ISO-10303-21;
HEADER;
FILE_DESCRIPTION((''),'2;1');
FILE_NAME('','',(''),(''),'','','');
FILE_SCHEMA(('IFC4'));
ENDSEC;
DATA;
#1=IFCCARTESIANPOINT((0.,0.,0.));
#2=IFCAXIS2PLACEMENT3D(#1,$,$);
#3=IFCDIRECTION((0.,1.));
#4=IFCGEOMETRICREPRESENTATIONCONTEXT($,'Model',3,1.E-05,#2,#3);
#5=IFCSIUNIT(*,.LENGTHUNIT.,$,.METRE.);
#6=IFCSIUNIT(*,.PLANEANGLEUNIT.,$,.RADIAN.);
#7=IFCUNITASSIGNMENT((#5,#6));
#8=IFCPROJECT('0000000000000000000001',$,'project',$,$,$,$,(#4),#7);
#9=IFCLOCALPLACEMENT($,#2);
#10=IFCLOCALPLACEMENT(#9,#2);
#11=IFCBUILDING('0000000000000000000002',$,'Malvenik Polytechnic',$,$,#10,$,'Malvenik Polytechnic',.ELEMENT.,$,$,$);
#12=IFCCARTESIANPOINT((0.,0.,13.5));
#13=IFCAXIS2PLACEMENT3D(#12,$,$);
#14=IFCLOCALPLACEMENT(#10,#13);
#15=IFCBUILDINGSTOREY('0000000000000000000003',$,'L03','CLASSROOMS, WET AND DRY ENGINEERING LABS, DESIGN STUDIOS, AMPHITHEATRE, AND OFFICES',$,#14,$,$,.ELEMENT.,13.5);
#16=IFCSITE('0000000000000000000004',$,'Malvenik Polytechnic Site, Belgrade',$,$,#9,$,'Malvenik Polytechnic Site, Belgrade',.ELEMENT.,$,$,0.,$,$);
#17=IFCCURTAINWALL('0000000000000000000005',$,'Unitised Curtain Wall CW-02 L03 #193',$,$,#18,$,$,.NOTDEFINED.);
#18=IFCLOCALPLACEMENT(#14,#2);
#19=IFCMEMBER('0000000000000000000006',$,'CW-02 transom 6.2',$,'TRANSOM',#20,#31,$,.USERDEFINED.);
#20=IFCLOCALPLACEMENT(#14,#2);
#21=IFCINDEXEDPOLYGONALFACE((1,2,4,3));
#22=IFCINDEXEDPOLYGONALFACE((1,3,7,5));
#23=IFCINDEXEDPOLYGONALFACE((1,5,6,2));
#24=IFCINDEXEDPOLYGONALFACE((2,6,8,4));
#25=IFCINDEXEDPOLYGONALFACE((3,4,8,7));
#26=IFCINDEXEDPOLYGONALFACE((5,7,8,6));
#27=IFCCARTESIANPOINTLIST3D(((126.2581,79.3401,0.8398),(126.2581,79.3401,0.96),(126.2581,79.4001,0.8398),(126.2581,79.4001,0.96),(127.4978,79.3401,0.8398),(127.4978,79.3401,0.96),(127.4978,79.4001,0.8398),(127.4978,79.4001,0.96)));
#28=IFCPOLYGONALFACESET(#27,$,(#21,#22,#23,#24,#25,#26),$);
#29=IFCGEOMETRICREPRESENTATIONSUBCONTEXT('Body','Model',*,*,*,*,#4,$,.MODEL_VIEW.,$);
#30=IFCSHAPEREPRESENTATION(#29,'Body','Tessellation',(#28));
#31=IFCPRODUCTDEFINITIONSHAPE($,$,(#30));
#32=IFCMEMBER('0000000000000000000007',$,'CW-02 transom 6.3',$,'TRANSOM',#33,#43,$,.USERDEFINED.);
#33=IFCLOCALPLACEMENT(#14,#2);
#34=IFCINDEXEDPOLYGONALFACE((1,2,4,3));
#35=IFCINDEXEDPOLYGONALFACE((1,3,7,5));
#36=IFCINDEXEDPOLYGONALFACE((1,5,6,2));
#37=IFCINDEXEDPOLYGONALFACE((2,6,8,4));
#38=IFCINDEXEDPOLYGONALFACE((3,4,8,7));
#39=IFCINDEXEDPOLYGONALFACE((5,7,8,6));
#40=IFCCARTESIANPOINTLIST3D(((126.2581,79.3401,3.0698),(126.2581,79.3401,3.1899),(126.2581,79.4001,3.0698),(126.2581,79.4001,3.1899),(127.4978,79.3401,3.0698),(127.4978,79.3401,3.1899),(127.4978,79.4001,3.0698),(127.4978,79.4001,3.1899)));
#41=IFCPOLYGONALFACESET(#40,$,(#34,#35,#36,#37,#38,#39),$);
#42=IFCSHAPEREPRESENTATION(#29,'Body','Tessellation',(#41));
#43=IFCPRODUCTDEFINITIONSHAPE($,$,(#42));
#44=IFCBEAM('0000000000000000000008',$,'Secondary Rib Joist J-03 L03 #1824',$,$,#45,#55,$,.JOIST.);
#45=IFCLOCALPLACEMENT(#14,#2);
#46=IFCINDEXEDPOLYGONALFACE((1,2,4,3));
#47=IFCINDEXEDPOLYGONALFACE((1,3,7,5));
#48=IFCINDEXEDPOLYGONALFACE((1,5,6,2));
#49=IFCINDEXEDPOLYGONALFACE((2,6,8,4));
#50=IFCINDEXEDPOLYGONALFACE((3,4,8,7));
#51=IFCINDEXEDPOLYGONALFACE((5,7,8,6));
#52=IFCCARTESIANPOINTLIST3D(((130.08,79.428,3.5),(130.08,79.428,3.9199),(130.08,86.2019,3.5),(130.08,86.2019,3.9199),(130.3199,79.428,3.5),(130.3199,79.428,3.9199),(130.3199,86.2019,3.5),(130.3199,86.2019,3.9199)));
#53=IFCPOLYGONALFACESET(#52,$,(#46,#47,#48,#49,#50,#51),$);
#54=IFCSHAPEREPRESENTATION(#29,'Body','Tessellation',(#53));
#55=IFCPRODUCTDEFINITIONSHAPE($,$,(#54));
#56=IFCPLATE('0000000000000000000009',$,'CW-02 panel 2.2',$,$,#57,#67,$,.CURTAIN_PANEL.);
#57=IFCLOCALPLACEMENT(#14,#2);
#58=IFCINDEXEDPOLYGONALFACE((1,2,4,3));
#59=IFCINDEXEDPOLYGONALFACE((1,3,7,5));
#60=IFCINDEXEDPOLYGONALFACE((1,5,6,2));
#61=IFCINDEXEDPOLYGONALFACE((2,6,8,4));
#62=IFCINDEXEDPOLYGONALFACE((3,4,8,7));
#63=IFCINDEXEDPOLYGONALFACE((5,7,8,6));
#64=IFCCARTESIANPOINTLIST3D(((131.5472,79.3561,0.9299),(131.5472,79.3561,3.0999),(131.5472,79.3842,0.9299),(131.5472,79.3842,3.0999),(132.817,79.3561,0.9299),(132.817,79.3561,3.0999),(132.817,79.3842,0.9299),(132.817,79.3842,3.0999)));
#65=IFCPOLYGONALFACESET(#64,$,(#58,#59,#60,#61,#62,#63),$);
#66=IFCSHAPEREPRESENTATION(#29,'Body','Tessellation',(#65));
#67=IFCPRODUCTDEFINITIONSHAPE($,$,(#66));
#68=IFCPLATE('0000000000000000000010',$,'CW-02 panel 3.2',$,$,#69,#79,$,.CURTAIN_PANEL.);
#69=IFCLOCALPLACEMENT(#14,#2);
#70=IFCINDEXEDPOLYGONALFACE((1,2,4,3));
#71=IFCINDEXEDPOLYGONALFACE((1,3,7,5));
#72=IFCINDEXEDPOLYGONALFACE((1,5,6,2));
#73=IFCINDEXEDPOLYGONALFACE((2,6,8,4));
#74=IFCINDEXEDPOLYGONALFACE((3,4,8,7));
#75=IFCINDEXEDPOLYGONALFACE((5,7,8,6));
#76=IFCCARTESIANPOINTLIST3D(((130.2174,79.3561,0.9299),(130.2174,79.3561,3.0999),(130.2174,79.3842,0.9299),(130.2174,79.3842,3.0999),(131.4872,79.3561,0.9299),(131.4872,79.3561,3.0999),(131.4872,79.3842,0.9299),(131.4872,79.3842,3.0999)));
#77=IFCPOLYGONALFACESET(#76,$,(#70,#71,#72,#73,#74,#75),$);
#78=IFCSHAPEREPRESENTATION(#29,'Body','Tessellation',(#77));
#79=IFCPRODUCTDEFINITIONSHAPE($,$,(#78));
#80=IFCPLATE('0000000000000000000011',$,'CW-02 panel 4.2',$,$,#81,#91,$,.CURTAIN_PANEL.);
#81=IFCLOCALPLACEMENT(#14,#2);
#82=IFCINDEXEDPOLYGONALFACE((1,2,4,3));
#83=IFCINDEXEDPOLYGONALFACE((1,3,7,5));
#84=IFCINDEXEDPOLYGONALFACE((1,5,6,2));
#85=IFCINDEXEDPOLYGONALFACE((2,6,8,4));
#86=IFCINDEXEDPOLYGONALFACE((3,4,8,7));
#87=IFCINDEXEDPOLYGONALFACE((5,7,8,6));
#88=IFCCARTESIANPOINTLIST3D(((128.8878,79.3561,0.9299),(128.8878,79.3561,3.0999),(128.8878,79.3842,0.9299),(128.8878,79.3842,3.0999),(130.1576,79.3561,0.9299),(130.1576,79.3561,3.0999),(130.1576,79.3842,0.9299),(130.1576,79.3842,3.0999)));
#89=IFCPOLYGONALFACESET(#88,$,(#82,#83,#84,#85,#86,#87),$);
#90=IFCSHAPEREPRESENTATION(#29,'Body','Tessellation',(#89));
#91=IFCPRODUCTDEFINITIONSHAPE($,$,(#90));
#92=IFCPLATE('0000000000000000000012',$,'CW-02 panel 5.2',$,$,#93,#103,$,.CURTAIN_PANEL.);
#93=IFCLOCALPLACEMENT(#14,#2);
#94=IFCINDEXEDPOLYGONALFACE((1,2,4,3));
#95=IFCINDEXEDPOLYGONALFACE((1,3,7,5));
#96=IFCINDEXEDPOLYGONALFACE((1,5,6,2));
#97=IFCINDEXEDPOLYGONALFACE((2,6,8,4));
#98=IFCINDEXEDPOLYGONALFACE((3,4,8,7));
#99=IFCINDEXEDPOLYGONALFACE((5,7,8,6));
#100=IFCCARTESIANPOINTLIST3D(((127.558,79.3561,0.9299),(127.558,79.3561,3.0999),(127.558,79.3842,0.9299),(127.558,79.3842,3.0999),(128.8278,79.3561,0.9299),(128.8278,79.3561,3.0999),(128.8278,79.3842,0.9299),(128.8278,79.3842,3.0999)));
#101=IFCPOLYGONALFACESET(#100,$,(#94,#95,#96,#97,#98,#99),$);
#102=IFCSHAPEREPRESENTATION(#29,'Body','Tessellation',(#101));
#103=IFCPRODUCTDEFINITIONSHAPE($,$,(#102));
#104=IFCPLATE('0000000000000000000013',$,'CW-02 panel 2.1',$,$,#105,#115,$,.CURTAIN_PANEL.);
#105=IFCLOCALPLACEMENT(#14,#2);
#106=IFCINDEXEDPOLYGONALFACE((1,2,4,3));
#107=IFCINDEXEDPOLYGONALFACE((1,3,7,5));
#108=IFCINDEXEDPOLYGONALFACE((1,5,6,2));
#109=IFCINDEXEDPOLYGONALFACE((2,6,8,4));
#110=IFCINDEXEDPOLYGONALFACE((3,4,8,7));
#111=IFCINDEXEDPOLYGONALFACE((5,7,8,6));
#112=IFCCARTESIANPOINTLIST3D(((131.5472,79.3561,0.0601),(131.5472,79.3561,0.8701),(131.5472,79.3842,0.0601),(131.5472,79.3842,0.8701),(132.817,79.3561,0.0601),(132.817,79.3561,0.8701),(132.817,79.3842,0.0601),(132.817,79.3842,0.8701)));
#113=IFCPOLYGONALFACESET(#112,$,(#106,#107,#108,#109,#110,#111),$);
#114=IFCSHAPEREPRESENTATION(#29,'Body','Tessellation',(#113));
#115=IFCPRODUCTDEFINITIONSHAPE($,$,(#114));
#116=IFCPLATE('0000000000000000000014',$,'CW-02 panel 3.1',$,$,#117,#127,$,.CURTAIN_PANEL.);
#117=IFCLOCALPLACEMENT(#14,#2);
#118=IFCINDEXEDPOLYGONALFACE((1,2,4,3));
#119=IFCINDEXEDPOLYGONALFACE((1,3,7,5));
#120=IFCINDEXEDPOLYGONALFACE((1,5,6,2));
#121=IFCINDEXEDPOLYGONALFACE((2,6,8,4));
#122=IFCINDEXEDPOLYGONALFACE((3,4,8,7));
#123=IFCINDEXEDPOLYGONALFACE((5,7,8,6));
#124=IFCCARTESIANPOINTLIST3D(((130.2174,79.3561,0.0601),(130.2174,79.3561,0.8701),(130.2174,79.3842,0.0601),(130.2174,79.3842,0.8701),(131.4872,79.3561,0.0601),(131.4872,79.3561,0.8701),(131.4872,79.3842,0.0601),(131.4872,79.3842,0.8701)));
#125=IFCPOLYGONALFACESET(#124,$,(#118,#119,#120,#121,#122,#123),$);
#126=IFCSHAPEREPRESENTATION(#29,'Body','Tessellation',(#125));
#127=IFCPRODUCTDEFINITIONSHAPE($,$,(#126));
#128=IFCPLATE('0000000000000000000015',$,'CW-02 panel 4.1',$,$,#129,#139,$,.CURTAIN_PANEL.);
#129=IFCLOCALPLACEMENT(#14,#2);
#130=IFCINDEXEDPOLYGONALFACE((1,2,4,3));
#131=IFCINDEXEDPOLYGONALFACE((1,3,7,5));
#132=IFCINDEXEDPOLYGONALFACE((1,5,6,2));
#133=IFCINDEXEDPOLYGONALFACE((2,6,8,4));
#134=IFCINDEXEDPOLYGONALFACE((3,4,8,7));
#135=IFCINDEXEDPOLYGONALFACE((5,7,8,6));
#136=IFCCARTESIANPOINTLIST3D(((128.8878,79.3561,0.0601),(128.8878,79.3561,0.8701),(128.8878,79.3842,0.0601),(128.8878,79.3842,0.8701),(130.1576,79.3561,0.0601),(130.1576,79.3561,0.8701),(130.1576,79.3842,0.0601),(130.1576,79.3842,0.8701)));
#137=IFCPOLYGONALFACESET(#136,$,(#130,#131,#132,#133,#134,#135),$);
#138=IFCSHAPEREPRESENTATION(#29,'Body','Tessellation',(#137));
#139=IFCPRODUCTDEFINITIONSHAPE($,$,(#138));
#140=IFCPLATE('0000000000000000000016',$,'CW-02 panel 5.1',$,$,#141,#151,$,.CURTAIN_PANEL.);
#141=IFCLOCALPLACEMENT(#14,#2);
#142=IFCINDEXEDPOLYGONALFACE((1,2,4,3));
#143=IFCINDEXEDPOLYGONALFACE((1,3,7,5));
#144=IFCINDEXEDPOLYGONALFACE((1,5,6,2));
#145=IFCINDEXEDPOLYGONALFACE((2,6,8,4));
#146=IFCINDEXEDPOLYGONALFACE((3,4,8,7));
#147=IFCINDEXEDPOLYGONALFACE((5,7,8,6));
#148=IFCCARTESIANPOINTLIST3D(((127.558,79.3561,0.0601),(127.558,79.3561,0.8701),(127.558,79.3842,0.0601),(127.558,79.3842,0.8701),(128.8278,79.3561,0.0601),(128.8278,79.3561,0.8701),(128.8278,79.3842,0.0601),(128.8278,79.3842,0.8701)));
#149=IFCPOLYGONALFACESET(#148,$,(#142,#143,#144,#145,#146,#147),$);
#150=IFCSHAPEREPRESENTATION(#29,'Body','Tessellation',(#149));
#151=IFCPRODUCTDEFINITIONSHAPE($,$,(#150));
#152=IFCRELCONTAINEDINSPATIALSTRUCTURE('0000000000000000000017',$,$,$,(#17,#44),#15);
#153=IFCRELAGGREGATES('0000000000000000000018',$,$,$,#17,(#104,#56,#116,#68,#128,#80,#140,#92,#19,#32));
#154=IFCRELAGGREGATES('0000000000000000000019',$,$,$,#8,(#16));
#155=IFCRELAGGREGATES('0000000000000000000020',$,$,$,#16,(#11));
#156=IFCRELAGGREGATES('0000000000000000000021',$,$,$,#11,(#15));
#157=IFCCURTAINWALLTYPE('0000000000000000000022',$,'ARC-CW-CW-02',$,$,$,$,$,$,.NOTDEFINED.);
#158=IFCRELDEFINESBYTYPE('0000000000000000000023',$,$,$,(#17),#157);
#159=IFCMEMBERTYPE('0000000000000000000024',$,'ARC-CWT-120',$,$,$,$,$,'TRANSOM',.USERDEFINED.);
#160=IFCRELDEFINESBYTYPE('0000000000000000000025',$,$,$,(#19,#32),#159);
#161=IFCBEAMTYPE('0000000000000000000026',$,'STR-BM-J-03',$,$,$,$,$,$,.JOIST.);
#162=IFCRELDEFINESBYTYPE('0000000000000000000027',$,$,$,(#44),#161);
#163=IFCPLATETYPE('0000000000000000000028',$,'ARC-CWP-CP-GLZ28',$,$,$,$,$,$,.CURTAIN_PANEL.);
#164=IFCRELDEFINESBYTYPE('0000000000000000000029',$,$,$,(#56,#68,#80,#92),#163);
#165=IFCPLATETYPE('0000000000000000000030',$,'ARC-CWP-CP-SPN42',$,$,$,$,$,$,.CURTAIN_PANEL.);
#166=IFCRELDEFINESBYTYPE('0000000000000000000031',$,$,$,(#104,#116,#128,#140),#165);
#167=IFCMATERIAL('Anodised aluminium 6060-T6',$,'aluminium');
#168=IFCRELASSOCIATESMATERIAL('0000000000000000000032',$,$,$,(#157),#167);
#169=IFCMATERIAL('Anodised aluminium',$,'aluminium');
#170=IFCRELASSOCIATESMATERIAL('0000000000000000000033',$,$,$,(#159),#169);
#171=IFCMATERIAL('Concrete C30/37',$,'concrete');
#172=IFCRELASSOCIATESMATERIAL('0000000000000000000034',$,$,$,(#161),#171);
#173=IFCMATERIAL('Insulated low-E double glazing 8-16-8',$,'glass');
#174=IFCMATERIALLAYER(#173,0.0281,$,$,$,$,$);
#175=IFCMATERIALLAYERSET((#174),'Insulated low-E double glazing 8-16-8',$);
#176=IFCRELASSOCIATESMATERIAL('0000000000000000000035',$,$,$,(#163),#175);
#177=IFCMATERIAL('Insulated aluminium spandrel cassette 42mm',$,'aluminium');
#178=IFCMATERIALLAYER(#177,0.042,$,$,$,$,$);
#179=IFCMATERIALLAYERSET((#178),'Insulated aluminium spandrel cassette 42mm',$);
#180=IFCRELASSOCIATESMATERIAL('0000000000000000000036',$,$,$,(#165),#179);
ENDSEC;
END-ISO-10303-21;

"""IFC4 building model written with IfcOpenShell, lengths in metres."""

from ifc_helpers import new_model, si_unit, direction, frame, origin, origin_2d, place, context, subcontext, project, spatial, rectangle, extrude, material, layer, layer_set, material_profile, profile_set, type_object, element, aggregate, save


model = new_model("IFC4")

# Units and contexts
model_context = context("Model", 3, precision=1e-05, world=origin(), true_north=direction((0.0, 1.0)))
body_context = subcontext(model_context, "Body", "Model", "MODEL_VIEW")
ifc_project = project(units=[si_unit("LENGTHUNIT", "METRE"), si_unit("PLANEANGLEUNIT", "RADIAN")], contexts=[model_context])

# Site, building, storey
site_placement = place(None, origin())
site = spatial("IfcSite", under=ifc_project, at=site_placement, Name="Malvenik Polytechnic Site, Belgrade", LongName="Malvenik Polytechnic Site, Belgrade", CompositionType="ELEMENT", RefElevation=0.0)
building_placement = place(site_placement, origin())
building = spatial("IfcBuilding", under=site, at=building_placement, Name="Malvenik Polytechnic", LongName="Malvenik Polytechnic", CompositionType="ELEMENT")
storey_placement = place(building_placement, frame((0.0, 0.0, 13.5)))
storey = spatial("IfcBuildingStorey", under=building, at=storey_placement, Name="L03", Description="CLASSROOMS, WET AND DRY ENGINEERING LABS, DESIGN STUDIOS, AMPHITHEATRE, AND OFFICES", CompositionType="ELEMENT", Elevation=13.5)

# Curtain wall, members
ifc_material_1 = material(Name="Anodised aluminium 6060-T6", Category="aluminium")
curtain_wall_type = type_object("IfcCurtainWallType", Name="ARC-CW-CW-02", PredefinedType="NOTDEFINED", material=ifc_material_1)
curtain_wall_placement = place(storey_placement, origin())
curtain_wall = element("IfcCurtainWall", 1, at=curtain_wall_placement, inside=storey, type_object=curtain_wall_type, Name="Unitised Curtain Wall CW-02 L03 #193", PredefinedType="NOTDEFINED")
ifc_material_2 = material(Name="Anodised aluminium", Category="aluminium")
ifc_material_profile_1 = material_profile(ifc_material_2, rectangle(XDim=0.0601, YDim=0.1201, at=origin_2d()), Name="ALU TRANSOM 60x120")
ifc_profile_set_1 = profile_set([ifc_material_profile_1], Name="Anodised aluminium")
member_type_1 = type_object("IfcMemberType", Name="ARC-CWT-120", ElementType="TRANSOM", PredefinedType="USERDEFINED", material=ifc_profile_set_1)
member_1_placement = place(storey_placement, frame((127.4978, 79.3701, 0.8999), z_axis=(-1.0, 0.0, 0.0), x_axis=(0.0, -1.0, 0.0)))
member_1 = element("IfcMember", 2, at=member_1_placement, type_object=member_type_1, Name="CW-02 transom 6.2", ObjectType="TRANSOM", PredefinedType="USERDEFINED", context=body_context, shape_type="SweptSolid", body=[
    extrude(rectangle(XDim=0.0601, YDim=0.1201, at=origin_2d()), origin(), (0.0, 0.0, 1.0), 1.2397),
])
member_2_placement = place(storey_placement, frame((127.4978, 79.3701, 3.1299), z_axis=(-1.0, 0.0, 0.0), x_axis=(0.0, -1.0, 0.0)))
member_2 = element("IfcMember", 3, at=member_2_placement, type_object=member_type_1, Name="CW-02 transom 6.3", ObjectType="TRANSOM", PredefinedType="USERDEFINED", context=body_context, shape_type="SweptSolid", body=[
    extrude(rectangle(XDim=0.0601, YDim=0.1201, at=origin_2d()), origin(), (0.0, 0.0, 1.0), 1.2397),
])

# Beam
ifc_material_3 = material(Name="Concrete C30/37", Category="concrete")
ifc_material_profile_2 = material_profile(ifc_material_3, rectangle(XDim=0.24, YDim=0.4199, at=origin_2d()), Name="RC JST 240x420")
ifc_profile_set_2 = profile_set([ifc_material_profile_2], Name="Concrete C30/37")
beam_type = type_object("IfcBeamType", Name="STR-BM-J-03", PredefinedType="JOIST", material=ifc_profile_set_2)
beam_placement = place(storey_placement, frame((130.2, 79.428, 3.71), z_axis=(0.0, 1.0, 0.0), x_axis=(-1.0, 0.0, 0.0)))
element("IfcBeam", 4, at=beam_placement, inside=storey, type_object=beam_type, Name="Secondary Rib Joist J-03 L03 #1824", PredefinedType="JOIST", context=body_context, shape_type="SweptSolid", body=[
    extrude(rectangle(XDim=0.24, YDim=0.4199, at=origin_2d()), origin(), (0.0, 0.0, 1.0), 6.7739),
])

# Plates
ifc_material_4 = material(Name="Insulated low-E double glazing 8-16-8", Category="glass")
ifc_layer_1 = layer(ifc_material_4, 0.0281)
ifc_layer_set_1 = layer_set([ifc_layer_1], Name="Insulated low-E double glazing 8-16-8")
plate_type_1 = type_object("IfcPlateType", Name="ARC-CWP-CP-GLZ28", PredefinedType="CURTAIN_PANEL", material=ifc_layer_set_1)
plate_1_placement = place(storey_placement, frame((132.1821, 79.3701, 0.9299), z_axis=(0.0, 0.0, 1.0), x_axis=(-1.0, 0.0, 0.0)))
plate_1 = element("IfcPlate", 5, at=plate_1_placement, type_object=plate_type_1, Name="CW-02 panel 2.2", PredefinedType="CURTAIN_PANEL", context=body_context, shape_type="SweptSolid", body=[
    extrude(rectangle(XDim=1.2698, YDim=0.0281, at=origin_2d()), origin(), (0.0, 0.0, 1.0), 2.1699),
])
plate_2_placement = place(storey_placement, frame((130.8523, 79.3701, 0.9299), z_axis=(0.0, 0.0, 1.0), x_axis=(-1.0, 0.0, 0.0)))
plate_2 = element("IfcPlate", 6, at=plate_2_placement, type_object=plate_type_1, Name="CW-02 panel 3.2", PredefinedType="CURTAIN_PANEL", context=body_context, shape_type="SweptSolid", body=[
    extrude(rectangle(XDim=1.2698, YDim=0.0281, at=origin_2d()), origin(), (0.0, 0.0, 1.0), 2.1699),
])
plate_3_placement = place(storey_placement, frame((129.5227, 79.3701, 0.9299), z_axis=(0.0, 0.0, 1.0), x_axis=(-1.0, 0.0, 0.0)))
plate_3 = element("IfcPlate", 7, at=plate_3_placement, type_object=plate_type_1, Name="CW-02 panel 4.2", PredefinedType="CURTAIN_PANEL", context=body_context, shape_type="SweptSolid", body=[
    extrude(rectangle(XDim=1.2698, YDim=0.0281, at=origin_2d()), origin(), (0.0, 0.0, 1.0), 2.1699),
])
plate_4_placement = place(storey_placement, frame((128.1929, 79.3701, 0.9299), z_axis=(0.0, 0.0, 1.0), x_axis=(-1.0, 0.0, 0.0)))
plate_4 = element("IfcPlate", 8, at=plate_4_placement, type_object=plate_type_1, Name="CW-02 panel 5.2", PredefinedType="CURTAIN_PANEL", context=body_context, shape_type="SweptSolid", body=[
    extrude(rectangle(XDim=1.2698, YDim=0.0281, at=origin_2d()), origin(), (0.0, 0.0, 1.0), 2.1699),
])
ifc_material_5 = material(Name="Insulated aluminium spandrel cassette 42mm", Category="aluminium")
ifc_layer_2 = layer(ifc_material_5, 0.042)
ifc_layer_set_2 = layer_set([ifc_layer_2], Name="Insulated aluminium spandrel cassette 42mm")
plate_type_2 = type_object("IfcPlateType", Name="ARC-CWP-CP-SPN42", PredefinedType="CURTAIN_PANEL", material=ifc_layer_set_2)
plate_5_placement = place(storey_placement, frame((132.1821, 79.3701, 0.0601), z_axis=(0.0, 0.0, 1.0), x_axis=(-1.0, 0.0, 0.0)))
plate_5 = element("IfcPlate", 9, at=plate_5_placement, type_object=plate_type_2, Name="CW-02 panel 2.1", PredefinedType="CURTAIN_PANEL", context=body_context, shape_type="SweptSolid", body=[
    extrude(rectangle(XDim=1.2698, YDim=0.0281, at=origin_2d()), origin(), (0.0, 0.0, 1.0), 0.8101),
])
plate_6_placement = place(storey_placement, frame((130.8523, 79.3701, 0.0601), z_axis=(0.0, 0.0, 1.0), x_axis=(-1.0, 0.0, 0.0)))
plate_6 = element("IfcPlate", 10, at=plate_6_placement, type_object=plate_type_2, Name="CW-02 panel 3.1", PredefinedType="CURTAIN_PANEL", context=body_context, shape_type="SweptSolid", body=[
    extrude(rectangle(XDim=1.2698, YDim=0.0281, at=origin_2d()), origin(), (0.0, 0.0, 1.0), 0.8101),
])
plate_7_placement = place(storey_placement, frame((129.5227, 79.3701, 0.0601), z_axis=(0.0, 0.0, 1.0), x_axis=(-1.0, 0.0, 0.0)))
plate_7 = element("IfcPlate", 11, at=plate_7_placement, type_object=plate_type_2, Name="CW-02 panel 4.1", PredefinedType="CURTAIN_PANEL", context=body_context, shape_type="SweptSolid", body=[
    extrude(rectangle(XDim=1.2698, YDim=0.0281, at=origin_2d()), origin(), (0.0, 0.0, 1.0), 0.8101),
])
plate_8_placement = place(storey_placement, frame((128.1929, 79.3701, 0.0601), z_axis=(0.0, 0.0, 1.0), x_axis=(-1.0, 0.0, 0.0)))
plate_8 = element("IfcPlate", 12, at=plate_8_placement, type_object=plate_type_2, Name="CW-02 panel 5.1", PredefinedType="CURTAIN_PANEL", context=body_context, shape_type="SweptSolid", body=[
    extrude(rectangle(XDim=1.2698, YDim=0.0281, at=origin_2d()), origin(), (0.0, 0.0, 1.0), 0.8101),
])
aggregate(curtain_wall, [plate_5, plate_1, plate_6, plate_2, plate_7, plate_3, plate_8, plate_4, member_1, member_2])

save(model, "model.ifc")
